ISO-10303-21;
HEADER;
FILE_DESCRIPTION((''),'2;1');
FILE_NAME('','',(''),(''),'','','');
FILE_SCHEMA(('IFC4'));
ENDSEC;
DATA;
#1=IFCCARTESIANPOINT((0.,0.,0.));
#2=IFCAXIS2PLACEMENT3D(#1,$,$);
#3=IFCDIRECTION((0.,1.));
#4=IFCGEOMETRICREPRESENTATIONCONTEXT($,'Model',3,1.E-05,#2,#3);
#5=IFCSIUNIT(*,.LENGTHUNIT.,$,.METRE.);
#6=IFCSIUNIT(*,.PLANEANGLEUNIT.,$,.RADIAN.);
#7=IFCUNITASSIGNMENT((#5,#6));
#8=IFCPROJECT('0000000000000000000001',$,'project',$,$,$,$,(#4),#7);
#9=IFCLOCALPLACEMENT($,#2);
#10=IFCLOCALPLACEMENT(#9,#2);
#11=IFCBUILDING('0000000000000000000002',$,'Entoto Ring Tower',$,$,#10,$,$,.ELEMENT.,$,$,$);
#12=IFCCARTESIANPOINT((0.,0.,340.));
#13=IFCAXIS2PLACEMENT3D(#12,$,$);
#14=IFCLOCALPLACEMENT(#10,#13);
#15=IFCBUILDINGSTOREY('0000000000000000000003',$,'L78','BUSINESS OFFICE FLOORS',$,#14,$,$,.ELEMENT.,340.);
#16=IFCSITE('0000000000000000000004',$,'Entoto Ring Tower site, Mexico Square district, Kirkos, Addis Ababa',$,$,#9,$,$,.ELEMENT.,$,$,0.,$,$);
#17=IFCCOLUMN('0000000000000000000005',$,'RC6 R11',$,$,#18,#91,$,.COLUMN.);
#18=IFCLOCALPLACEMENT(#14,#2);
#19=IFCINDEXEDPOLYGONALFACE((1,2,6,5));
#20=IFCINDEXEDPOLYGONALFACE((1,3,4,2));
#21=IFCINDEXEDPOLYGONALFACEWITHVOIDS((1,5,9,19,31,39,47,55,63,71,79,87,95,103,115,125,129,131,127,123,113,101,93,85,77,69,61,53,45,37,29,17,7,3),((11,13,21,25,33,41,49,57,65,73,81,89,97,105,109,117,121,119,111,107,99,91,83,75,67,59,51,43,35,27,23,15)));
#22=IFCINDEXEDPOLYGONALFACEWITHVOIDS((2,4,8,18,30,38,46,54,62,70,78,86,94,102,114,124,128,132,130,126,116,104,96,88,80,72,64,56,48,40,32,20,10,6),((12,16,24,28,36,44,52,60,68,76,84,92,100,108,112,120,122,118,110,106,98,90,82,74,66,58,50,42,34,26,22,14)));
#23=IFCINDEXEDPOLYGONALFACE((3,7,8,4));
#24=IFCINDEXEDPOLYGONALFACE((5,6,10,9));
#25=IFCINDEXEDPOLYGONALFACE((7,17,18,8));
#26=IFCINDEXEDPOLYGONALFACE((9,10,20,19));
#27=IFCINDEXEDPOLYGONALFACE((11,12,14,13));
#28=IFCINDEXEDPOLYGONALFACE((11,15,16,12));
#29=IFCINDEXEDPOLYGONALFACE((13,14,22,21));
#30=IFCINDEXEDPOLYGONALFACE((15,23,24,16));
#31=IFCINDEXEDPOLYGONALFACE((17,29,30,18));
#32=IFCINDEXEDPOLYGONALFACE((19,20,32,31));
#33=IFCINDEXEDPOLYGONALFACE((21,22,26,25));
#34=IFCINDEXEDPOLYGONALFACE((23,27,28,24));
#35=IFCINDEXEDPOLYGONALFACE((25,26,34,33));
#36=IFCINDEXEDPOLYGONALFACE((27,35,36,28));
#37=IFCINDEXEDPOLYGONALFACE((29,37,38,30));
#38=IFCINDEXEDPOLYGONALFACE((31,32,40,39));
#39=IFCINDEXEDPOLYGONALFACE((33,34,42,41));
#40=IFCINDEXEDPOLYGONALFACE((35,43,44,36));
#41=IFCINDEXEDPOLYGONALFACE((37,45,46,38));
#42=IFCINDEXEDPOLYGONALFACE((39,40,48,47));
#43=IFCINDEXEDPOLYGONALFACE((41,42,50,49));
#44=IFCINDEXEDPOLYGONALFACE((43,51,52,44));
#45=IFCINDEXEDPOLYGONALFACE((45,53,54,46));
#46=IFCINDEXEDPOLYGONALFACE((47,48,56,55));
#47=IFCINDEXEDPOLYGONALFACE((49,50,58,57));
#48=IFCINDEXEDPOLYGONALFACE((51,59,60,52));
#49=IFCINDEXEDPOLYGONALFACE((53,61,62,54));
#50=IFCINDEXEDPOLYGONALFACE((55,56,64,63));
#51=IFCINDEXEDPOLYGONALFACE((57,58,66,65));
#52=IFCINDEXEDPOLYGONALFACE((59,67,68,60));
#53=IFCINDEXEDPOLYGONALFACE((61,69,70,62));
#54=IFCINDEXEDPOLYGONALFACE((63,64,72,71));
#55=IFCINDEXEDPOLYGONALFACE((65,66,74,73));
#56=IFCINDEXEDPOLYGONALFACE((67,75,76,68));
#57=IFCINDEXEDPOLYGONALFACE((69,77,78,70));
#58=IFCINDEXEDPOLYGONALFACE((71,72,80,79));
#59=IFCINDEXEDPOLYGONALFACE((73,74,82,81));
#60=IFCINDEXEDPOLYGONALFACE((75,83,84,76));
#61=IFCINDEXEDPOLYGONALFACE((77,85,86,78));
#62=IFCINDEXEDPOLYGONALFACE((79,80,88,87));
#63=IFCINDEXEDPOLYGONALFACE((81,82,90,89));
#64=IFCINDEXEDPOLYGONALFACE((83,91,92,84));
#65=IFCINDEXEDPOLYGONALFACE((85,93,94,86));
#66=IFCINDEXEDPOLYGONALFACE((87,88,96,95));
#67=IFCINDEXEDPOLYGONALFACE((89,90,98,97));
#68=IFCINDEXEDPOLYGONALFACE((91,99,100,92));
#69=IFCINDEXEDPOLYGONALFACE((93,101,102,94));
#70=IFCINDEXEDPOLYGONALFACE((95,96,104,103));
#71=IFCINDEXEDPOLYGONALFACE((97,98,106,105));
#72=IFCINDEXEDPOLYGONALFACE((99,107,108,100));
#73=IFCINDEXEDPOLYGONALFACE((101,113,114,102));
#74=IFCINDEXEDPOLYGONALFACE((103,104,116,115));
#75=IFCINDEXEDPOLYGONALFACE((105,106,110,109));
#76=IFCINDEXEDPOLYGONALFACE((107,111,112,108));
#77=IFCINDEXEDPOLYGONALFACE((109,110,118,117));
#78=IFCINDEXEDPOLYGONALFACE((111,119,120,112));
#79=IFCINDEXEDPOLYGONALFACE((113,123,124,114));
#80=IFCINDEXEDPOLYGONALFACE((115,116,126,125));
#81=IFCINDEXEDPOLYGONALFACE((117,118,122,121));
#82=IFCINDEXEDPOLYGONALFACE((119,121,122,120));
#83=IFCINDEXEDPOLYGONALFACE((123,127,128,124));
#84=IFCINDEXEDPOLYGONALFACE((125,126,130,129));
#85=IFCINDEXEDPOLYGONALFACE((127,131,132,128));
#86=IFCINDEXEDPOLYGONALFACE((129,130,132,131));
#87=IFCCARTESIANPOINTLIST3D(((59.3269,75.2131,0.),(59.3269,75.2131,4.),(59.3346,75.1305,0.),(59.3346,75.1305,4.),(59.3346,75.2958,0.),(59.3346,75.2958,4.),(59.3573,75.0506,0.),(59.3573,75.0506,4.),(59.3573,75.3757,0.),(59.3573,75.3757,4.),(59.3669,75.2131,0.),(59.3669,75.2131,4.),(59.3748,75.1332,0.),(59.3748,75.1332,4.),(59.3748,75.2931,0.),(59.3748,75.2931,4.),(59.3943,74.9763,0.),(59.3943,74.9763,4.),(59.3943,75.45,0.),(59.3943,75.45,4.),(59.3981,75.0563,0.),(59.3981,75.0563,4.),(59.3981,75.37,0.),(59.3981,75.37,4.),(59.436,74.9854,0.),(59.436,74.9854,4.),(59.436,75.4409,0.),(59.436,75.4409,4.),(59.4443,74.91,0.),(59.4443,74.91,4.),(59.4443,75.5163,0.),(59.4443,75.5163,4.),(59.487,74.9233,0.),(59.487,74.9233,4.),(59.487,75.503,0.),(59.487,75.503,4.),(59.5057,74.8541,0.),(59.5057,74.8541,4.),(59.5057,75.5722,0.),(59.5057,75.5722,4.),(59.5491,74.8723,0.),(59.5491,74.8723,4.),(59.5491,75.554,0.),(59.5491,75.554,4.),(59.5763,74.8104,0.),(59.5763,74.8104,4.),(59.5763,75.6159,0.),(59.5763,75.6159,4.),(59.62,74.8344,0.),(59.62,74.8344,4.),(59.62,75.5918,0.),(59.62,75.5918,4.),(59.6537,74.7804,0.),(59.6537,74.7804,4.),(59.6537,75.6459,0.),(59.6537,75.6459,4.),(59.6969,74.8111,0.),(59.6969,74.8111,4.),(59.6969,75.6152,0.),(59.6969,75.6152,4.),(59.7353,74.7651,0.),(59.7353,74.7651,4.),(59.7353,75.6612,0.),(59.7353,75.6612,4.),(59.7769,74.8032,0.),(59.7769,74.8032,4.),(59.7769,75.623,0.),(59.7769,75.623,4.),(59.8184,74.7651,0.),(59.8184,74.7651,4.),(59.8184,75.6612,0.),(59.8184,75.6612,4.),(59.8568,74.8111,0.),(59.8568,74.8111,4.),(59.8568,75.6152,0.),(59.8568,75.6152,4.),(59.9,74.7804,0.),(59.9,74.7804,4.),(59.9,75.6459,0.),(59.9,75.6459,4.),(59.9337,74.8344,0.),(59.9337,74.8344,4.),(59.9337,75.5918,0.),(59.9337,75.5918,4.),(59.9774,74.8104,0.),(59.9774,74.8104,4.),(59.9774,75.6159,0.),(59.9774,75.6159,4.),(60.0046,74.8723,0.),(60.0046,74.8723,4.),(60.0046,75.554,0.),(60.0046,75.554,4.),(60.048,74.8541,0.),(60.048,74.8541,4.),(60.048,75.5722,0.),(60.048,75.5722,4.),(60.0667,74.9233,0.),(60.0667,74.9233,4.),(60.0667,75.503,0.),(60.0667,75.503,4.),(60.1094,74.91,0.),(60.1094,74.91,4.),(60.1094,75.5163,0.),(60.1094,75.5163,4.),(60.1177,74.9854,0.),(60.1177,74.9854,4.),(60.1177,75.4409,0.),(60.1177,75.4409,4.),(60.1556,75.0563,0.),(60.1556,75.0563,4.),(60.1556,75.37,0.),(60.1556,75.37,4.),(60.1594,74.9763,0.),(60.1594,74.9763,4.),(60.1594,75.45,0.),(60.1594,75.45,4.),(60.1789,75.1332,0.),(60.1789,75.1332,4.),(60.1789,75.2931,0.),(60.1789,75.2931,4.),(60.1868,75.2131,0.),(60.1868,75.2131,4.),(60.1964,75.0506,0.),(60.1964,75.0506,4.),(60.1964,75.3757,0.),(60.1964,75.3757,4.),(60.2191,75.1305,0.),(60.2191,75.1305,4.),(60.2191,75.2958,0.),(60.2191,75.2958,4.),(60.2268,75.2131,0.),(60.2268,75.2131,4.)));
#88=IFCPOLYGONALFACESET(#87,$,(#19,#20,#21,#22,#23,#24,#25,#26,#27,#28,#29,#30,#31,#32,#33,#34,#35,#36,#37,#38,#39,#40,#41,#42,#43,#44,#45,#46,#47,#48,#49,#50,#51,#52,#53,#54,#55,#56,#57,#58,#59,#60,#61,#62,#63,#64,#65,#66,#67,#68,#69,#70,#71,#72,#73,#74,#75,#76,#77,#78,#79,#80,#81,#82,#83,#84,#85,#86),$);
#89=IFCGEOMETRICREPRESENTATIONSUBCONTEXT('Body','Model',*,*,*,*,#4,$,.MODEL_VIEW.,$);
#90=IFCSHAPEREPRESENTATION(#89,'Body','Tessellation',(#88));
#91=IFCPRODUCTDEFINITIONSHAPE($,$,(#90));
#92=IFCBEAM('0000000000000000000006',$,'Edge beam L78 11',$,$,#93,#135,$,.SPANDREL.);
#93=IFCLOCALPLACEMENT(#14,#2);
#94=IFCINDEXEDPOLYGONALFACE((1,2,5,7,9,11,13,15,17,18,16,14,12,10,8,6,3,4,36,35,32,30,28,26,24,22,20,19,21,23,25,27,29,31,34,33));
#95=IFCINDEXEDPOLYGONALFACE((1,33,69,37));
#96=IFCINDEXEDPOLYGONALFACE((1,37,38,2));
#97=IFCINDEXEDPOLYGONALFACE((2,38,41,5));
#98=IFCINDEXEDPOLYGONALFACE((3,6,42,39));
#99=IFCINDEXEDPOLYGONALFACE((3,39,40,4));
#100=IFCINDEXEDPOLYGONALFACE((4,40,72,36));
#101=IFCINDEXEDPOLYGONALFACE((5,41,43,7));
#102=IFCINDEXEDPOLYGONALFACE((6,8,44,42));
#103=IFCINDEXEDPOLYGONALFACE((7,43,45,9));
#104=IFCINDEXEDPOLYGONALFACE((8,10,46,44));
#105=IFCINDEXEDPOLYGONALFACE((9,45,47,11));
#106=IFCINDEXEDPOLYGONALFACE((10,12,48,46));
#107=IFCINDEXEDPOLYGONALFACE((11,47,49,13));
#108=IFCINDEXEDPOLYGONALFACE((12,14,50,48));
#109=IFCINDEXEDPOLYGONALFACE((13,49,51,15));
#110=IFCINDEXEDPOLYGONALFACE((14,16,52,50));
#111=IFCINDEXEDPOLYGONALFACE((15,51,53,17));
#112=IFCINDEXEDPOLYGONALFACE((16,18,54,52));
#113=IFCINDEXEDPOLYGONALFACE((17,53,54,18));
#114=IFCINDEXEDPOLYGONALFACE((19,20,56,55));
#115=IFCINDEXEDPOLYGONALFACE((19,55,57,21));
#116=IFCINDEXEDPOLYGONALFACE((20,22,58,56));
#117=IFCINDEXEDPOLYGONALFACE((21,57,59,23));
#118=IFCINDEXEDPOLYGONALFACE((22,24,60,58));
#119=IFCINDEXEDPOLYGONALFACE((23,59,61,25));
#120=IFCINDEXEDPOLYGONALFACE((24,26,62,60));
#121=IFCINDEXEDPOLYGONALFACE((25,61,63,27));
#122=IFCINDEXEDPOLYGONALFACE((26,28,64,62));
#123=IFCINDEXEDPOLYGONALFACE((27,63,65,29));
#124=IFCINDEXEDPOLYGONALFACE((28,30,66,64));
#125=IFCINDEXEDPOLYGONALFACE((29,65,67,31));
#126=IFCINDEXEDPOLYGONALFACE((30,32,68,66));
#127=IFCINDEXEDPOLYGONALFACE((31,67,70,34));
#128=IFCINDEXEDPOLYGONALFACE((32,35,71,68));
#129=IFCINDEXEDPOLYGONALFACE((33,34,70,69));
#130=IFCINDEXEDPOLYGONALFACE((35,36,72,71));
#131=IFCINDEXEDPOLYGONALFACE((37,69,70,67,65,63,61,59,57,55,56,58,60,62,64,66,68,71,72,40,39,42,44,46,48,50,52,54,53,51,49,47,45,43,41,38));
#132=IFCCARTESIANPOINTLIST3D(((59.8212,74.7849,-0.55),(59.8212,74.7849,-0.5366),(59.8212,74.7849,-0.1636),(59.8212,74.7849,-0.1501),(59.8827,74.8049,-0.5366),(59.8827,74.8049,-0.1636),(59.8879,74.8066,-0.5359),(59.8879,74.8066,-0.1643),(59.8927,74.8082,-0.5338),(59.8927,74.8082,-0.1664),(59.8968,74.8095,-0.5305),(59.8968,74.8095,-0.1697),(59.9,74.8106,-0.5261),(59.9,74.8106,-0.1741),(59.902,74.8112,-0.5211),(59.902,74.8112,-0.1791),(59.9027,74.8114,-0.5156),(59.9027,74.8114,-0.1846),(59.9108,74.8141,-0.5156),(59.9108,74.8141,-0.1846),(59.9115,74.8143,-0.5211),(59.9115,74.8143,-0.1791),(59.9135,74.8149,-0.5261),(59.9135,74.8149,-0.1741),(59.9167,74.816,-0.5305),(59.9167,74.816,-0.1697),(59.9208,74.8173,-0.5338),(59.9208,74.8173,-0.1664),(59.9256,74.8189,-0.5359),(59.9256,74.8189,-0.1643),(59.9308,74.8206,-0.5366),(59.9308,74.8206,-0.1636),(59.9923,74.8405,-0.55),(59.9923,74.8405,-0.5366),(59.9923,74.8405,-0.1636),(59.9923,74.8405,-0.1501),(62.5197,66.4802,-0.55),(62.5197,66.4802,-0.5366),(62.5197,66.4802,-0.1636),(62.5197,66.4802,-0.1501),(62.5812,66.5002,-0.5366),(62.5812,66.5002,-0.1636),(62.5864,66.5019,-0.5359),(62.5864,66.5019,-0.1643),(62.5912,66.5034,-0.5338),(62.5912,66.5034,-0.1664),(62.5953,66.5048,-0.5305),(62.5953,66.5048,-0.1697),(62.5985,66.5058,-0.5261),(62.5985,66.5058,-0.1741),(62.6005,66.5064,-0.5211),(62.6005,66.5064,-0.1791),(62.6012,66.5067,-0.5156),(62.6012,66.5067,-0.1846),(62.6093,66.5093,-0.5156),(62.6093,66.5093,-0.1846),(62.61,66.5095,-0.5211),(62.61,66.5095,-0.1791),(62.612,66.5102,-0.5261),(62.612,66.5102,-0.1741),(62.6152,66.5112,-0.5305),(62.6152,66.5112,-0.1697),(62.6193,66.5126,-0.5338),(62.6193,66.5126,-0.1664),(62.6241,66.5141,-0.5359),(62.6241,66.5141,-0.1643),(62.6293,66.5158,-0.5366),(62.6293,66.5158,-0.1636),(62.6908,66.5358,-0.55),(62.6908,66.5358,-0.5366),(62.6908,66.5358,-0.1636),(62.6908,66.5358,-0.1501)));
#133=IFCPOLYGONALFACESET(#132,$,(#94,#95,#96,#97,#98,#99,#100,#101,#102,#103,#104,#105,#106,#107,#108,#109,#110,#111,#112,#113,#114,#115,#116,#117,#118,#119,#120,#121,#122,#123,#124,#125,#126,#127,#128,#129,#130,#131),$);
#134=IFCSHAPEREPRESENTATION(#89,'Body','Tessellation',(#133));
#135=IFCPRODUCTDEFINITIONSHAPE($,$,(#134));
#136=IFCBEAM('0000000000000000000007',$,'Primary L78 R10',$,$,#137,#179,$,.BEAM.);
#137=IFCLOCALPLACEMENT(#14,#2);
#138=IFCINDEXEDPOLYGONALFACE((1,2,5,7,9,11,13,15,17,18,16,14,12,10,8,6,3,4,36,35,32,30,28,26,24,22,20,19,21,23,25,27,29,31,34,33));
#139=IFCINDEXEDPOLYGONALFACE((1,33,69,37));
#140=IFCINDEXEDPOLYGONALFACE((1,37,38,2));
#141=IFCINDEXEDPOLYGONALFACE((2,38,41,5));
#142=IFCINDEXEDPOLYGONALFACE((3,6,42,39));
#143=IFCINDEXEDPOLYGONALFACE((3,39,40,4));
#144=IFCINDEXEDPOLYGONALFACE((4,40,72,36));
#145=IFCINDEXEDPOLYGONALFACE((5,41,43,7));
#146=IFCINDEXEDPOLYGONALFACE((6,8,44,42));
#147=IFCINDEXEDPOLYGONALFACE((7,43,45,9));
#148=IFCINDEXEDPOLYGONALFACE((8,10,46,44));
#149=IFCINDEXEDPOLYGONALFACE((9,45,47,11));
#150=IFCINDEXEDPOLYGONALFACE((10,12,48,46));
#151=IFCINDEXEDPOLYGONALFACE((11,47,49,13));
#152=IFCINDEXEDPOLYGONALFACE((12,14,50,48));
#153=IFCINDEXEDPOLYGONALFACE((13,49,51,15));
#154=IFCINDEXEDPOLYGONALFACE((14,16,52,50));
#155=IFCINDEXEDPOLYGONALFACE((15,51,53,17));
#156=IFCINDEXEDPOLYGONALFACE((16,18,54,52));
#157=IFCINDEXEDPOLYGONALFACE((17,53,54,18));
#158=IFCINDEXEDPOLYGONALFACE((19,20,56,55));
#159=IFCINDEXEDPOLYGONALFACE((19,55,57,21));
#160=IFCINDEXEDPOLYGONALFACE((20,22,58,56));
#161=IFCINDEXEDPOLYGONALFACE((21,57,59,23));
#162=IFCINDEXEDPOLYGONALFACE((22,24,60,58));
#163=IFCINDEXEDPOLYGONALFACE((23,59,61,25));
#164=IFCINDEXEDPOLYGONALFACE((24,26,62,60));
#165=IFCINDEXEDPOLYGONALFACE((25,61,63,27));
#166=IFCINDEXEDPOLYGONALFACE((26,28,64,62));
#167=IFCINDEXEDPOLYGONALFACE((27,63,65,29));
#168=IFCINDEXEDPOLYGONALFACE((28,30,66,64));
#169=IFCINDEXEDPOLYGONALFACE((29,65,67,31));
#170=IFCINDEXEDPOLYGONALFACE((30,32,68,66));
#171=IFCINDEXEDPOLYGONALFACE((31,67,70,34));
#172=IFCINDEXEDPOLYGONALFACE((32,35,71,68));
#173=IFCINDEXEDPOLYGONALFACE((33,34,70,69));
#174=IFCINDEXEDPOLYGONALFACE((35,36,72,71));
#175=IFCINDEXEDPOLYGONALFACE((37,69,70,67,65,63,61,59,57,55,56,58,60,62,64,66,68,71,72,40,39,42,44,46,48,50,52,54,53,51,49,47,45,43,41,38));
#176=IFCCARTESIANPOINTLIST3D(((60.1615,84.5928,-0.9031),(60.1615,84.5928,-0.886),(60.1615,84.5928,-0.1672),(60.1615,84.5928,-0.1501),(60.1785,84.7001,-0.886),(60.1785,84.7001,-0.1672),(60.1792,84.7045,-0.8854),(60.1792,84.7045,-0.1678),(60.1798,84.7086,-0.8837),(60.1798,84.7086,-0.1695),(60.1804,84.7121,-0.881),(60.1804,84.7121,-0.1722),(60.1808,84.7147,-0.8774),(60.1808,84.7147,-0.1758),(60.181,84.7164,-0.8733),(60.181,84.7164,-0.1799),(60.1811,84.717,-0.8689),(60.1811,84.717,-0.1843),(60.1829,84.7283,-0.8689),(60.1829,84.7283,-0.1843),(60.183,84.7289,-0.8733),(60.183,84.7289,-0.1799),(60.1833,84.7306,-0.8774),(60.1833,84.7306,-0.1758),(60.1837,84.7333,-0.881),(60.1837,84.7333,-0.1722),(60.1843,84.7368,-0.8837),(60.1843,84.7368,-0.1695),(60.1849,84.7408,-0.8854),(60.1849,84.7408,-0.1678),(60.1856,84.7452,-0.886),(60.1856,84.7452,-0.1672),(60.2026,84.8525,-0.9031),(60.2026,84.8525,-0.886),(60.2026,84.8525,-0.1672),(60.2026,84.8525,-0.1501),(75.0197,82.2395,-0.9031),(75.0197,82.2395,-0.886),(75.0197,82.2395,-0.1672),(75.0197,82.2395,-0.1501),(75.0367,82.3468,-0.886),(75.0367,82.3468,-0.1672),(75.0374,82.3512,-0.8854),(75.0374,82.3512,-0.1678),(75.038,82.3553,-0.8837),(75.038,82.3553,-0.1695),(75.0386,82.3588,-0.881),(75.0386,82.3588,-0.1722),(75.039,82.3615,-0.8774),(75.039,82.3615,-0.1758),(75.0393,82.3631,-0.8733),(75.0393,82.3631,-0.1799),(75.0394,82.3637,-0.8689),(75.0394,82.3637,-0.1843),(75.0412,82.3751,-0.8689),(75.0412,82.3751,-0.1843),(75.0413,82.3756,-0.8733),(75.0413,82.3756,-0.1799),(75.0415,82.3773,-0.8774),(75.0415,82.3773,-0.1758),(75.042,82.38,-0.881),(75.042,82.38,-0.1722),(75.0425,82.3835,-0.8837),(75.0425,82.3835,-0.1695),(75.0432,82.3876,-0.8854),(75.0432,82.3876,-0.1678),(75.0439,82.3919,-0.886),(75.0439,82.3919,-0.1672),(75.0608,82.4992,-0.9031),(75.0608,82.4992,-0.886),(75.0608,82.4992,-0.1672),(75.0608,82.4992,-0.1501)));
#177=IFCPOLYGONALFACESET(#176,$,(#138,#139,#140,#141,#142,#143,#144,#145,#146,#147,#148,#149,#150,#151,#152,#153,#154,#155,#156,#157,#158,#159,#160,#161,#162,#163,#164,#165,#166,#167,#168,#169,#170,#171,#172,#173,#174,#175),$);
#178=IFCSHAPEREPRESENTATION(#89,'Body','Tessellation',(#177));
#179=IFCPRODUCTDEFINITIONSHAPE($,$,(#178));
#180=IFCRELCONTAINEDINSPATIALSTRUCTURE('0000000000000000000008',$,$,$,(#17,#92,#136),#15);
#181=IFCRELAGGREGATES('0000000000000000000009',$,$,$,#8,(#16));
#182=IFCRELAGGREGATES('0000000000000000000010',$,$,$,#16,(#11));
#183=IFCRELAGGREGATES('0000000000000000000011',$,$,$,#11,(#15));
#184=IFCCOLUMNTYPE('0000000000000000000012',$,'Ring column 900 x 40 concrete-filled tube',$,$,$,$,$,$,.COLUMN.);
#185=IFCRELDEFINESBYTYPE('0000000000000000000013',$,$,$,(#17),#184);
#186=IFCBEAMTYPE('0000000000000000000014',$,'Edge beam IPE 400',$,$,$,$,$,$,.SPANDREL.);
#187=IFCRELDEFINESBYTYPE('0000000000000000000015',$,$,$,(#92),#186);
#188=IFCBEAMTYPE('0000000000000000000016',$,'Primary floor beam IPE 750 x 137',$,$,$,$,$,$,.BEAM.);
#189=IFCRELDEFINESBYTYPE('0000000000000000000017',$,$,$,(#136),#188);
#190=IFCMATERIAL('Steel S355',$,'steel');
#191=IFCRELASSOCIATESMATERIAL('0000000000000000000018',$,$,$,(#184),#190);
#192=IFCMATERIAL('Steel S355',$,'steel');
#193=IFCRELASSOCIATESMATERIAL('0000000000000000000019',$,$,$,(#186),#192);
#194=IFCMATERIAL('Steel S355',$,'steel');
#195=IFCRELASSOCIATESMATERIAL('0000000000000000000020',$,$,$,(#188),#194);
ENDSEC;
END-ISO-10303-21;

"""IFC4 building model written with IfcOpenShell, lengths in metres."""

from ifc_helpers import new_model, si_unit, direction, frame, origin, origin_2d, place, context, subcontext, project, spatial, circle, hollow_circle, i_section, extrude, material, material_profile, profile_set, type_object, element, save


model = new_model("IFC4")

# Units and contexts
model_context = context("Model", 3, precision=1e-05, world=origin(), true_north=direction((0.0, 1.0)))
body_context = subcontext(model_context, "Body", "Model", "MODEL_VIEW")
ifc_project = project(units=[si_unit("LENGTHUNIT", "METRE"), si_unit("PLANEANGLEUNIT", "RADIAN")], contexts=[model_context])

# Site, building, storey
site_placement = place(None, origin())
site = spatial("IfcSite", under=ifc_project, at=site_placement, Name="Entoto Ring Tower site, Mexico Square district, Kirkos, Addis Ababa", CompositionType="ELEMENT", RefElevation=0.0)
building_placement = place(site_placement, origin())
building = spatial("IfcBuilding", under=site, at=building_placement, Name="Entoto Ring Tower", CompositionType="ELEMENT")
storey_placement = place(building_placement, frame((0.0, 0.0, 340.0)))
storey = spatial("IfcBuildingStorey", under=building, at=storey_placement, Name="L78", Description="BUSINESS OFFICE FLOORS", CompositionType="ELEMENT", Elevation=340.0)

# Column
ifc_material_1 = material(Name="Steel S355", Category="steel")
ifc_material_profile_1 = material_profile(ifc_material_1, hollow_circle(Radius=0.45, WallThickness=0.04, at=origin_2d()), Name="CHS 900 x 40")
ifc_material_2 = material(Name="Concrete C60/75", Category="concrete")
ifc_material_profile_2 = material_profile(ifc_material_2, circle(Radius=0.4099, at=origin_2d()), Name="Concrete C60/75 infill")
ifc_profile_set_1 = profile_set([ifc_material_profile_1, ifc_material_profile_2], Name="Steel S355")
column_type = type_object("IfcColumnType", Name="Ring column 900 x 40 concrete-filled tube", PredefinedType="COLUMN", material=ifc_profile_set_1)
column_placement = place(storey_placement, frame((59.7769, 75.2131, 0.0), z_axis=(0.0, 0.0, 1.0), x_axis=(1.0, 0.0, 0.0)))
element("IfcColumn", 1, at=column_placement, inside=storey, type_object=column_type, Name="RC6 R11", PredefinedType="COLUMN", context=body_context, shape_type="SweptSolid", body=[
    extrude(hollow_circle(Radius=0.45, WallThickness=0.04, at=origin_2d()), origin(), (0.0, 0.0, 1.0), 4.0),
])

# Beams
ifc_material_3 = material(Name="Steel S355", Category="steel")
ifc_material_profile_3 = material_profile(ifc_material_3, i_section(OverallWidth=0.1799, OverallDepth=0.3999, WebThickness=0.0085, FlangeThickness=0.0134, FilletRadius=0.021, at=origin_2d()), Name="IPE 400")
ifc_profile_set_2 = profile_set([ifc_material_profile_3], Name="Steel S355")
beam_type_1 = type_object("IfcBeamType", Name="Edge beam IPE 400", PredefinedType="SPANDREL", material=ifc_profile_set_2)
beam_1_placement = place(storey_placement, frame((59.9067, 74.8127, -0.3501), z_axis=(0.30903, -0.951052, 0.0), x_axis=(0.951052, 0.30903, 0.0)))
element("IfcBeam", 2, at=beam_1_placement, inside=storey, type_object=beam_type_1, Name="Edge beam L78 11", PredefinedType="SPANDREL", context=body_context, shape_type="SweptSolid", body=[
    extrude(i_section(OverallWidth=0.1799, OverallDepth=0.3999, WebThickness=0.0085, FlangeThickness=0.0134, FilletRadius=0.021, at=origin_2d()), origin(), (0.0, 0.0, 1.0), 8.7322),
])
ifc_material_4 = material(Name="Steel S355", Category="steel")
ifc_material_profile_4 = material_profile(ifc_material_4, i_section(OverallWidth=0.2629, OverallDepth=0.7529, WebThickness=0.0115, FlangeThickness=0.0171, FilletRadius=0.0171, at=origin_2d()), Name="IPE 750 x 137")
ifc_profile_set_3 = profile_set([ifc_material_profile_4], Name="Steel S355")
beam_type_2 = type_object("IfcBeamType", Name="Primary floor beam IPE 750 x 137", PredefinedType="BEAM", material=ifc_profile_set_3)
for number, where, z_axis, x_axis, name in (
    (3, (75.0403, 82.3694, -0.5266), (-0.987689, 0.156433, 0.0), (-0.156433, -0.987689, 0.0), "Primary L78 R10"),
):
    element("IfcBeam", number, at=place(storey_placement, frame(where, z_axis=z_axis, x_axis=x_axis)), inside=storey, type_object=beam_type_2, Name=name, PredefinedType="BEAM", context=body_context, shape_type="SweptSolid", body=[
        extrude(i_section(OverallWidth=0.2629, OverallDepth=0.7529, WebThickness=0.0115, FlangeThickness=0.0171, FilletRadius=0.0171, at=origin_2d()), origin(), (0.0, 0.0, 1.0), 15.0435),
    ])

save(model, "model.ifc")
